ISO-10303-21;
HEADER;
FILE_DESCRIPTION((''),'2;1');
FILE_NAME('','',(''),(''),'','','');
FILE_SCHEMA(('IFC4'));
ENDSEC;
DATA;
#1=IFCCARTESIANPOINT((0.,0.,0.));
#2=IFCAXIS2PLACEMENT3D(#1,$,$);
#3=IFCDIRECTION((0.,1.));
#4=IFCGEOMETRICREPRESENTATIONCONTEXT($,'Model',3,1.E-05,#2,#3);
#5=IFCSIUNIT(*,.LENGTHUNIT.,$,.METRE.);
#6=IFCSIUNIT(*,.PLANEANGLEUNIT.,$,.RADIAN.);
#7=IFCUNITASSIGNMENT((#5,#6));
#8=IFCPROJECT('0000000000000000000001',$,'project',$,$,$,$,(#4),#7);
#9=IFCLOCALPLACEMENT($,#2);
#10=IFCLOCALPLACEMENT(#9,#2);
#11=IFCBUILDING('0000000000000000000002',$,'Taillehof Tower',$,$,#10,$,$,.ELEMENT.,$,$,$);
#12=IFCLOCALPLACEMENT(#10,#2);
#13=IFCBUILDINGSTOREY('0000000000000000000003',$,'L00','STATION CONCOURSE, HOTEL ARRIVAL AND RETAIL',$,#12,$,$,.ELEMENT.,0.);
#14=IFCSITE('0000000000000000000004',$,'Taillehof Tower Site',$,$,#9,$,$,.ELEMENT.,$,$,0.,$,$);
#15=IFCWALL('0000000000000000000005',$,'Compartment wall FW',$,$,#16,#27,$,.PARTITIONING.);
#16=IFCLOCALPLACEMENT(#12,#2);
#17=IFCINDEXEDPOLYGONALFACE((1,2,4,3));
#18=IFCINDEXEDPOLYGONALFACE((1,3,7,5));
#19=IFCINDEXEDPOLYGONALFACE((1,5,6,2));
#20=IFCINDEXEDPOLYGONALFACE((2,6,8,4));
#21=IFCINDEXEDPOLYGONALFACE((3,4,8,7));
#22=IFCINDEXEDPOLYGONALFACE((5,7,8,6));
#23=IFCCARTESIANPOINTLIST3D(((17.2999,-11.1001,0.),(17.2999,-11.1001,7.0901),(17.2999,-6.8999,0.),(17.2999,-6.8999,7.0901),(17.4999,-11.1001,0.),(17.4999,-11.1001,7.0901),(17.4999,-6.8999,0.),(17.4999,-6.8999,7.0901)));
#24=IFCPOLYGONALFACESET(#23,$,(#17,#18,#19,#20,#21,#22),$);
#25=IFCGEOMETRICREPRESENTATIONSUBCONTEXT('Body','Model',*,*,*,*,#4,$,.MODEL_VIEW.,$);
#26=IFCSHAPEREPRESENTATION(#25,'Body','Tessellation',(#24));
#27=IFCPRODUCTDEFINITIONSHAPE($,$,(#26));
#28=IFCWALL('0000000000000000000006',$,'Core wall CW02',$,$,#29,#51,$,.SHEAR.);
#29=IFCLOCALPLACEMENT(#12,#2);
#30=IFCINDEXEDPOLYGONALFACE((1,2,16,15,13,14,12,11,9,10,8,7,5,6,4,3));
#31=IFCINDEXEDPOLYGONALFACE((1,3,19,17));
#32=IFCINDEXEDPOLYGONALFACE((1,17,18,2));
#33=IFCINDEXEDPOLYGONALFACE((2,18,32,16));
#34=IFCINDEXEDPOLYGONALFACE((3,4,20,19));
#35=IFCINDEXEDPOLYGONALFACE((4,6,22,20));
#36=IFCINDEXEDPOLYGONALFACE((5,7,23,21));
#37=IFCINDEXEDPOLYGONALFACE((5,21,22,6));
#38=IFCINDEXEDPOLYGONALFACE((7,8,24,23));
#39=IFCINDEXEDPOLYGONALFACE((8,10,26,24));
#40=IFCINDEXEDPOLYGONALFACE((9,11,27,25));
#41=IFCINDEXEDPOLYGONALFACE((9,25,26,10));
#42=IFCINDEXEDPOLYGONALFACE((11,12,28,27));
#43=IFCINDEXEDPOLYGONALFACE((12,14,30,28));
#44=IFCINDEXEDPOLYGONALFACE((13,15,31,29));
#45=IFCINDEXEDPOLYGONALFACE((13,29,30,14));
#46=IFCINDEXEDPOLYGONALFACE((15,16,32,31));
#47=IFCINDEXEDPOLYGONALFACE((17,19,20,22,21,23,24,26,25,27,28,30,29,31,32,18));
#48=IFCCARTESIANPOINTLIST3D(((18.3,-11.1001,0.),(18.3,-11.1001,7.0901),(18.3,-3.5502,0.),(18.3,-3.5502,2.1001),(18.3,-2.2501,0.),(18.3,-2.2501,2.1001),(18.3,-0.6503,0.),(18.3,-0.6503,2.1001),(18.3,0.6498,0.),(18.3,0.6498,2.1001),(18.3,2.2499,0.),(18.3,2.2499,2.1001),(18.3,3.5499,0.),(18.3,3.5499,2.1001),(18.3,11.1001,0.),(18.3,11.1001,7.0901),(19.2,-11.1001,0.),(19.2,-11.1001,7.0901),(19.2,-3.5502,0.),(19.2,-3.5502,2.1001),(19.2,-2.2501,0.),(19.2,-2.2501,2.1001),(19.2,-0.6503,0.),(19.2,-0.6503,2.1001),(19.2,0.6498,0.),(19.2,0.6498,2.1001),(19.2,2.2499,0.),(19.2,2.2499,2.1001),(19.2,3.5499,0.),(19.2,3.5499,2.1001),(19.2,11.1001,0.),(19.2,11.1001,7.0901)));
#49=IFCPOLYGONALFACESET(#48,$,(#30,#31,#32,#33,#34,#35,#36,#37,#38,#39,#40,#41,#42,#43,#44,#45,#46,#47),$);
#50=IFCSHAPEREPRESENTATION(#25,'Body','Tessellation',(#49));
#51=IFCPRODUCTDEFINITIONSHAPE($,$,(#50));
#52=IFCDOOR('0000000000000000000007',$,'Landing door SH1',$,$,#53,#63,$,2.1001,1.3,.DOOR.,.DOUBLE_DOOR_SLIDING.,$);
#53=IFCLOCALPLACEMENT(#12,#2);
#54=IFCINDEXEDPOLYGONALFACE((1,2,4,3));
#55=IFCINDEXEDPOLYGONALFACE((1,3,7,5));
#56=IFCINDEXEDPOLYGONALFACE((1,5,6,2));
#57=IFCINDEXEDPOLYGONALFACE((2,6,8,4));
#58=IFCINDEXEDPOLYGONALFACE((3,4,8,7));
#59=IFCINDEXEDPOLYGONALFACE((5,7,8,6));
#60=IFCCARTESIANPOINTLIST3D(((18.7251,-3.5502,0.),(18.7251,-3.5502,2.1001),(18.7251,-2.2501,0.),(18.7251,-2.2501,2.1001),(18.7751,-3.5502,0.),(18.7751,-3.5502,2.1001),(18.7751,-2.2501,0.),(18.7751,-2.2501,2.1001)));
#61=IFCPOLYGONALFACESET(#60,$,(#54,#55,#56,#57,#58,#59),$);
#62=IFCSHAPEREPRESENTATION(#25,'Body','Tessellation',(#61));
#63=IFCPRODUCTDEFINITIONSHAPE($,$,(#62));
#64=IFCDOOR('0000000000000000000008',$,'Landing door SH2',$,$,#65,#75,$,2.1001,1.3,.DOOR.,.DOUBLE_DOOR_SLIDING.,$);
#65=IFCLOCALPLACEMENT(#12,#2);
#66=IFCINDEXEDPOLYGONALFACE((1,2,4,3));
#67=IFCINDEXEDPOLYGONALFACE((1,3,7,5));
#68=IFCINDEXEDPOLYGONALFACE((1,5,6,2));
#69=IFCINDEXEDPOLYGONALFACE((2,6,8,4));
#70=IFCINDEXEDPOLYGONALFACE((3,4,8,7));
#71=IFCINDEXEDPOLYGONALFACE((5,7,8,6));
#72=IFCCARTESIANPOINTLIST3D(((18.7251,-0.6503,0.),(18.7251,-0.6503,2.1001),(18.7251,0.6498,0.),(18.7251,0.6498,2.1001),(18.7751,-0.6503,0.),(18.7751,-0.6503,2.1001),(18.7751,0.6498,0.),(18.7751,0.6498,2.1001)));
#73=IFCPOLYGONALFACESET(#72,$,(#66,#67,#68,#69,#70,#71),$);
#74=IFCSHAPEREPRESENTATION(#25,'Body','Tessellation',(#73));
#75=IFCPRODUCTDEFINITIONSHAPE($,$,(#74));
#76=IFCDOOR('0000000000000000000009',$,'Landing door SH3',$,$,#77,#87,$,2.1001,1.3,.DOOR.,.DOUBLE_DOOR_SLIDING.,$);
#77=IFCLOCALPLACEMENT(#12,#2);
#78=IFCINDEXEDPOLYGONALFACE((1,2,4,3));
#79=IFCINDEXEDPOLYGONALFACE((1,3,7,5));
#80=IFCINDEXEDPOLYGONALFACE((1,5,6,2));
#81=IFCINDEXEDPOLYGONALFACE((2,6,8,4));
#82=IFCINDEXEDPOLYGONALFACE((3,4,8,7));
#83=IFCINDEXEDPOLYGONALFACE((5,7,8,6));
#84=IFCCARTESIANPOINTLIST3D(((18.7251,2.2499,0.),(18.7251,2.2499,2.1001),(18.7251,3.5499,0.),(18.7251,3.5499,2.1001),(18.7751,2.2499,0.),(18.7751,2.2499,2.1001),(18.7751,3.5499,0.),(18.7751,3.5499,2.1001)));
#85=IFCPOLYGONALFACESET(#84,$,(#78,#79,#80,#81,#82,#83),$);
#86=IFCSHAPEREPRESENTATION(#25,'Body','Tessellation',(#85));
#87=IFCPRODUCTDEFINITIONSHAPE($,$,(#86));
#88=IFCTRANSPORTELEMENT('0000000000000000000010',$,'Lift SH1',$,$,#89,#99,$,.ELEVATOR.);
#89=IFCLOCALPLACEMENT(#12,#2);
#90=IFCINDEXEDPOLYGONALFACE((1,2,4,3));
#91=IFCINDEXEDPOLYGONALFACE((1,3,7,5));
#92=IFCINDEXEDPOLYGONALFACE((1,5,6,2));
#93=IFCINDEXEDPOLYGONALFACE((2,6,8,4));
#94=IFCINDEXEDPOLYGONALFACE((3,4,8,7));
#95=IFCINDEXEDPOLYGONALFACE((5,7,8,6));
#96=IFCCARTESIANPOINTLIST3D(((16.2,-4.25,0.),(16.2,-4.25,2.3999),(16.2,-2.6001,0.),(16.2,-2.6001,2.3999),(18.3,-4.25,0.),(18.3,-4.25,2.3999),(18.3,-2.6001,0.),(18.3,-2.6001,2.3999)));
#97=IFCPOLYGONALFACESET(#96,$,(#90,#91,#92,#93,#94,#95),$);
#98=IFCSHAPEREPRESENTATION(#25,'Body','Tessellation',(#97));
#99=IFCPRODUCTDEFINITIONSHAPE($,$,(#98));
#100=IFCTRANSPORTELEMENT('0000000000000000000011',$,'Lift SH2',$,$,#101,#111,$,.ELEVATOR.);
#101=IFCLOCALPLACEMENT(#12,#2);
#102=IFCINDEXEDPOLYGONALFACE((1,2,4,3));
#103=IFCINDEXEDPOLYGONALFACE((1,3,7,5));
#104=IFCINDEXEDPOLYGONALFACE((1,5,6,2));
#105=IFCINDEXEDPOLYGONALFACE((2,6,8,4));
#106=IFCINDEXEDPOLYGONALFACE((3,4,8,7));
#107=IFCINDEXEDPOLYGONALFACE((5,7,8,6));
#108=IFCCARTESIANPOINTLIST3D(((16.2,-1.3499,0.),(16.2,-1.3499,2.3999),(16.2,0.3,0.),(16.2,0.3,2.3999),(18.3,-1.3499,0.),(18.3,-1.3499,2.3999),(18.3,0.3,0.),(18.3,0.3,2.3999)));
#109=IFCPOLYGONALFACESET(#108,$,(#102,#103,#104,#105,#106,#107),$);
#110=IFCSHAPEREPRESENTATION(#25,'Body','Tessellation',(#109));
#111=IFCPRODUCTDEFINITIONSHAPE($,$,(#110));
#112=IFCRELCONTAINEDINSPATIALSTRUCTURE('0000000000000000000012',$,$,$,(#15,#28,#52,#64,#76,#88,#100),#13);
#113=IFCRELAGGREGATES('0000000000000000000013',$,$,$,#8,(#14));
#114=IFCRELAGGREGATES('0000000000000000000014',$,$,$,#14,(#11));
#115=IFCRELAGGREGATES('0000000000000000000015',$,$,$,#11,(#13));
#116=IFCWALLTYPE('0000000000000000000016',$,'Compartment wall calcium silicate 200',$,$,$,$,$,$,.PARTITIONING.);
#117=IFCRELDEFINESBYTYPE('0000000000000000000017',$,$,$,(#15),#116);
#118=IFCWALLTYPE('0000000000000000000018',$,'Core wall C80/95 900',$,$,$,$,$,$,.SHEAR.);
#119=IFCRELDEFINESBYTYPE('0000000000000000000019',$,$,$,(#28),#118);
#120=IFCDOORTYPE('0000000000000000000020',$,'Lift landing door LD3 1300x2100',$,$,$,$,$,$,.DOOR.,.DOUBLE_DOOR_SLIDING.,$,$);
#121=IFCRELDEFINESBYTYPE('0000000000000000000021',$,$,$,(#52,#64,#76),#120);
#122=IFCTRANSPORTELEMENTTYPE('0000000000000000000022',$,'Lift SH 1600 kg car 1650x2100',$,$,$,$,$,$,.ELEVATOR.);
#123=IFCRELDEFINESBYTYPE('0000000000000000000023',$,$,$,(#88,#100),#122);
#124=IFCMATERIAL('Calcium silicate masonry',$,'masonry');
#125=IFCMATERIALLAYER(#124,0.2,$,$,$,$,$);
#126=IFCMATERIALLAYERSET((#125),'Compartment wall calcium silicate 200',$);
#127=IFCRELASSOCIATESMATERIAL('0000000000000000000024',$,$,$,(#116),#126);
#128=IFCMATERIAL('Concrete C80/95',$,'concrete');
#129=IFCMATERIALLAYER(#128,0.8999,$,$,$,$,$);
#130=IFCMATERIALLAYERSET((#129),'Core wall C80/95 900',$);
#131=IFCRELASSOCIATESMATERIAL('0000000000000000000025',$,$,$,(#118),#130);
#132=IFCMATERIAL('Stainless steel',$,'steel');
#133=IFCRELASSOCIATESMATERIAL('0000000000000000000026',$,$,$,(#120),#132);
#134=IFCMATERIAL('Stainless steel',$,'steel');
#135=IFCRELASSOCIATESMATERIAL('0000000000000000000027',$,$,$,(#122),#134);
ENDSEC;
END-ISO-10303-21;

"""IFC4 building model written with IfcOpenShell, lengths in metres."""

from ifc_helpers import new_model, si_unit, direction, frame, frame_2d, origin, origin_2d, place, context, subcontext, project, spatial, rectangle, extrude, material, layer, layer_set, type_object, element, fill, save


model = new_model("IFC4")

# Units and contexts
model_context = context("Model", 3, precision=1e-05, world=origin(), true_north=direction((0.0, 1.0)))
body_context = subcontext(model_context, "Body", "Model", "MODEL_VIEW")
ifc_project = project(units=[si_unit("LENGTHUNIT", "METRE"), si_unit("PLANEANGLEUNIT", "RADIAN")], contexts=[model_context])

# Site, building, storey
site_placement = place(None, origin())
site = spatial("IfcSite", under=ifc_project, at=site_placement, Name="Taillehof Tower Site", CompositionType="ELEMENT", RefElevation=0.0)
building_placement = place(site_placement, origin())
building = spatial("IfcBuilding", under=site, at=building_placement, Name="Taillehof Tower", CompositionType="ELEMENT")
storey_placement = place(building_placement, origin())
storey = spatial("IfcBuildingStorey", under=building, at=storey_placement, Name="L00", Description="STATION CONCOURSE, HOTEL ARRIVAL AND RETAIL", CompositionType="ELEMENT", Elevation=0.0)

# Wall
ifc_material_1 = material(Name="Calcium silicate masonry", Category="masonry")
ifc_layer_1 = layer(ifc_material_1, 0.2)
ifc_layer_set_1 = layer_set([ifc_layer_1], Name="Compartment wall calcium silicate 200")
wall_type_1 = type_object("IfcWallType", Name="Compartment wall calcium silicate 200", PredefinedType="PARTITIONING", material=ifc_layer_set_1)
wall_1_placement = place(storey_placement, frame((17.3999, -11.1001, 0.0), z_axis=(0.0, 0.0, 1.0), x_axis=(0.0, 1.0, 0.0)))
element("IfcWall", 1, at=wall_1_placement, inside=storey, type_object=wall_type_1, Name="Compartment wall FW", PredefinedType="PARTITIONING", context=body_context, shape_type="SweptSolid", body=[
    extrude(rectangle(XDim=4.2002, YDim=0.2, at=frame_2d((2.1001, 0.0))), origin(), (0.0, 0.0, 1.0), 7.0901),
])

# Wall, openings, doors
ifc_material_2 = material(Name="Concrete C80/95", Category="concrete")
ifc_layer_2 = layer(ifc_material_2, 0.8999)
ifc_layer_set_2 = layer_set([ifc_layer_2], Name="Core wall C80/95 900")
wall_type_2 = type_object("IfcWallType", Name="Core wall C80/95 900", PredefinedType="SHEAR", material=ifc_layer_set_2)
wall_2_placement = place(storey_placement, frame((18.75, -11.1001, 0.0), z_axis=(0.0, 0.0, 1.0), x_axis=(0.0, 1.0, 0.0)))
wall_2 = element("IfcWall", 2, at=wall_2_placement, inside=storey, type_object=wall_type_2, Name="Core wall CW02", PredefinedType="SHEAR", context=body_context, shape_type="SweptSolid", body=[
    extrude(rectangle(XDim=22.2002, YDim=0.8999, at=frame_2d((11.1001, 0.0))), origin(), (0.0, 0.0, 1.0), 7.0901),
])
opening_1_placement = place(wall_2_placement, frame((7.55, 0.0, 0.0)))
opening_1 = element("IfcOpeningElement", 3, at=opening_1_placement, cuts=wall_2, PredefinedType="OPENING", context=body_context, shape_type="SweptSolid", body=[
    extrude(rectangle(XDim=1.3, YDim=2.1001, at=frame_2d((0.6499, 1.05))), frame((0.0, 0.46, 0.0), z_axis=(0.0, -1.0, 0.0), x_axis=(1.0, 0.0, 0.0)), (0.0, 0.0, 1.0), 0.9199),
])
opening_2_placement = place(wall_2_placement, frame((10.45, 0.0, 0.0)))
opening_2 = element("IfcOpeningElement", 4, at=opening_2_placement, cuts=wall_2, PredefinedType="OPENING", context=body_context, shape_type="SweptSolid", body=[
    extrude(rectangle(XDim=1.3, YDim=2.1001, at=frame_2d((0.6499, 1.05))), frame((0.0, 0.46, 0.0), z_axis=(0.0, -1.0, 0.0), x_axis=(1.0, 0.0, 0.0)), (0.0, 0.0, 1.0), 0.9199),
])
opening_3_placement = place(wall_2_placement, frame((13.3501, 0.0, 0.0)))
opening_3 = element("IfcOpeningElement", 5, at=opening_3_placement, cuts=wall_2, PredefinedType="OPENING", context=body_context, shape_type="SweptSolid", body=[
    extrude(rectangle(XDim=1.3, YDim=2.1001, at=frame_2d((0.6499, 1.05))), frame((0.0, 0.46, 0.0), z_axis=(0.0, -1.0, 0.0), x_axis=(1.0, 0.0, 0.0)), (0.0, 0.0, 1.0), 0.9199),
])
ifc_material_3 = material(Name="Stainless steel", Category="steel")
door_type_1 = type_object("IfcDoorType", Name="Lift landing door LD3 1300x2100", OperationType="DOUBLE_DOOR_SLIDING", PredefinedType="DOOR", material=ifc_material_3)
door_1_placement = place(opening_1_placement, origin())
door_1 = element("IfcDoor", 6, at=door_1_placement, inside=storey, type_object=door_type_1, Name="Landing door SH1", OperationType="DOUBLE_DOOR_SLIDING", OverallHeight=2.1001, OverallWidth=1.3, PredefinedType="DOOR", context=body_context, shape_type="SweptSolid", body=[
    extrude(rectangle(XDim=1.3, YDim=2.1001, at=frame_2d((0.6499, 1.05))), frame((0.0, 0.0249, 0.0), z_axis=(0.0, -1.0, 0.0), x_axis=(1.0, 0.0, 0.0)), (0.0, 0.0, 1.0), 0.05),
])
fill(opening_1, door_1)
door_2_placement = place(opening_2_placement, origin())
door_2 = element("IfcDoor", 7, at=door_2_placement, inside=storey, type_object=door_type_1, Name="Landing door SH2", OperationType="DOUBLE_DOOR_SLIDING", OverallHeight=2.1001, OverallWidth=1.3, PredefinedType="DOOR", context=body_context, shape_type="SweptSolid", body=[
    extrude(rectangle(XDim=1.3, YDim=2.1001, at=frame_2d((0.6499, 1.05))), frame((0.0, 0.0249, 0.0), z_axis=(0.0, -1.0, 0.0), x_axis=(1.0, 0.0, 0.0)), (0.0, 0.0, 1.0), 0.05),
])
fill(opening_2, door_2)
door_3_placement = place(opening_3_placement, origin())
door_3 = element("IfcDoor", 8, at=door_3_placement, inside=storey, type_object=door_type_1, Name="Landing door SH3", OperationType="DOUBLE_DOOR_SLIDING", OverallHeight=2.1001, OverallWidth=1.3, PredefinedType="DOOR", context=body_context, shape_type="SweptSolid", body=[
    extrude(rectangle(XDim=1.3, YDim=2.1001, at=frame_2d((0.6499, 1.05))), frame((0.0, 0.0249, 0.0), z_axis=(0.0, -1.0, 0.0), x_axis=(1.0, 0.0, 0.0)), (0.0, 0.0, 1.0), 0.05),
])
fill(opening_3, door_3)

# Transport elements
ifc_material_4 = material(Name="Stainless steel", Category="steel")
transport_element_type = type_object("IfcTransportElementType", Name="Lift SH 1600 kg car 1650x2100", PredefinedType="ELEVATOR", material=ifc_material_4)
for number, where, z_axis, x_axis, name in (
    (9, (17.25, -3.425, 0.0), (0.0, 0.0, 1.0), (1.0, 0.0, 0.0), "Lift SH1"),
    (10, (17.25, -0.5249, 0.0), (0.0, 0.0, 1.0), (1.0, 0.0, 0.0), "Lift SH2"),
):
    element("IfcTransportElement", number, at=place(storey_placement, frame(where, z_axis=z_axis, x_axis=x_axis)), inside=storey, type_object=transport_element_type, Name=name, PredefinedType="ELEVATOR", context=body_context, shape_type="SweptSolid", body=[
        extrude(rectangle(XDim=2.1001, YDim=1.6499, at=origin_2d()), origin(), (0.0, 0.0, 1.0), 2.3999),
    ])

save(model, "model.ifc")
